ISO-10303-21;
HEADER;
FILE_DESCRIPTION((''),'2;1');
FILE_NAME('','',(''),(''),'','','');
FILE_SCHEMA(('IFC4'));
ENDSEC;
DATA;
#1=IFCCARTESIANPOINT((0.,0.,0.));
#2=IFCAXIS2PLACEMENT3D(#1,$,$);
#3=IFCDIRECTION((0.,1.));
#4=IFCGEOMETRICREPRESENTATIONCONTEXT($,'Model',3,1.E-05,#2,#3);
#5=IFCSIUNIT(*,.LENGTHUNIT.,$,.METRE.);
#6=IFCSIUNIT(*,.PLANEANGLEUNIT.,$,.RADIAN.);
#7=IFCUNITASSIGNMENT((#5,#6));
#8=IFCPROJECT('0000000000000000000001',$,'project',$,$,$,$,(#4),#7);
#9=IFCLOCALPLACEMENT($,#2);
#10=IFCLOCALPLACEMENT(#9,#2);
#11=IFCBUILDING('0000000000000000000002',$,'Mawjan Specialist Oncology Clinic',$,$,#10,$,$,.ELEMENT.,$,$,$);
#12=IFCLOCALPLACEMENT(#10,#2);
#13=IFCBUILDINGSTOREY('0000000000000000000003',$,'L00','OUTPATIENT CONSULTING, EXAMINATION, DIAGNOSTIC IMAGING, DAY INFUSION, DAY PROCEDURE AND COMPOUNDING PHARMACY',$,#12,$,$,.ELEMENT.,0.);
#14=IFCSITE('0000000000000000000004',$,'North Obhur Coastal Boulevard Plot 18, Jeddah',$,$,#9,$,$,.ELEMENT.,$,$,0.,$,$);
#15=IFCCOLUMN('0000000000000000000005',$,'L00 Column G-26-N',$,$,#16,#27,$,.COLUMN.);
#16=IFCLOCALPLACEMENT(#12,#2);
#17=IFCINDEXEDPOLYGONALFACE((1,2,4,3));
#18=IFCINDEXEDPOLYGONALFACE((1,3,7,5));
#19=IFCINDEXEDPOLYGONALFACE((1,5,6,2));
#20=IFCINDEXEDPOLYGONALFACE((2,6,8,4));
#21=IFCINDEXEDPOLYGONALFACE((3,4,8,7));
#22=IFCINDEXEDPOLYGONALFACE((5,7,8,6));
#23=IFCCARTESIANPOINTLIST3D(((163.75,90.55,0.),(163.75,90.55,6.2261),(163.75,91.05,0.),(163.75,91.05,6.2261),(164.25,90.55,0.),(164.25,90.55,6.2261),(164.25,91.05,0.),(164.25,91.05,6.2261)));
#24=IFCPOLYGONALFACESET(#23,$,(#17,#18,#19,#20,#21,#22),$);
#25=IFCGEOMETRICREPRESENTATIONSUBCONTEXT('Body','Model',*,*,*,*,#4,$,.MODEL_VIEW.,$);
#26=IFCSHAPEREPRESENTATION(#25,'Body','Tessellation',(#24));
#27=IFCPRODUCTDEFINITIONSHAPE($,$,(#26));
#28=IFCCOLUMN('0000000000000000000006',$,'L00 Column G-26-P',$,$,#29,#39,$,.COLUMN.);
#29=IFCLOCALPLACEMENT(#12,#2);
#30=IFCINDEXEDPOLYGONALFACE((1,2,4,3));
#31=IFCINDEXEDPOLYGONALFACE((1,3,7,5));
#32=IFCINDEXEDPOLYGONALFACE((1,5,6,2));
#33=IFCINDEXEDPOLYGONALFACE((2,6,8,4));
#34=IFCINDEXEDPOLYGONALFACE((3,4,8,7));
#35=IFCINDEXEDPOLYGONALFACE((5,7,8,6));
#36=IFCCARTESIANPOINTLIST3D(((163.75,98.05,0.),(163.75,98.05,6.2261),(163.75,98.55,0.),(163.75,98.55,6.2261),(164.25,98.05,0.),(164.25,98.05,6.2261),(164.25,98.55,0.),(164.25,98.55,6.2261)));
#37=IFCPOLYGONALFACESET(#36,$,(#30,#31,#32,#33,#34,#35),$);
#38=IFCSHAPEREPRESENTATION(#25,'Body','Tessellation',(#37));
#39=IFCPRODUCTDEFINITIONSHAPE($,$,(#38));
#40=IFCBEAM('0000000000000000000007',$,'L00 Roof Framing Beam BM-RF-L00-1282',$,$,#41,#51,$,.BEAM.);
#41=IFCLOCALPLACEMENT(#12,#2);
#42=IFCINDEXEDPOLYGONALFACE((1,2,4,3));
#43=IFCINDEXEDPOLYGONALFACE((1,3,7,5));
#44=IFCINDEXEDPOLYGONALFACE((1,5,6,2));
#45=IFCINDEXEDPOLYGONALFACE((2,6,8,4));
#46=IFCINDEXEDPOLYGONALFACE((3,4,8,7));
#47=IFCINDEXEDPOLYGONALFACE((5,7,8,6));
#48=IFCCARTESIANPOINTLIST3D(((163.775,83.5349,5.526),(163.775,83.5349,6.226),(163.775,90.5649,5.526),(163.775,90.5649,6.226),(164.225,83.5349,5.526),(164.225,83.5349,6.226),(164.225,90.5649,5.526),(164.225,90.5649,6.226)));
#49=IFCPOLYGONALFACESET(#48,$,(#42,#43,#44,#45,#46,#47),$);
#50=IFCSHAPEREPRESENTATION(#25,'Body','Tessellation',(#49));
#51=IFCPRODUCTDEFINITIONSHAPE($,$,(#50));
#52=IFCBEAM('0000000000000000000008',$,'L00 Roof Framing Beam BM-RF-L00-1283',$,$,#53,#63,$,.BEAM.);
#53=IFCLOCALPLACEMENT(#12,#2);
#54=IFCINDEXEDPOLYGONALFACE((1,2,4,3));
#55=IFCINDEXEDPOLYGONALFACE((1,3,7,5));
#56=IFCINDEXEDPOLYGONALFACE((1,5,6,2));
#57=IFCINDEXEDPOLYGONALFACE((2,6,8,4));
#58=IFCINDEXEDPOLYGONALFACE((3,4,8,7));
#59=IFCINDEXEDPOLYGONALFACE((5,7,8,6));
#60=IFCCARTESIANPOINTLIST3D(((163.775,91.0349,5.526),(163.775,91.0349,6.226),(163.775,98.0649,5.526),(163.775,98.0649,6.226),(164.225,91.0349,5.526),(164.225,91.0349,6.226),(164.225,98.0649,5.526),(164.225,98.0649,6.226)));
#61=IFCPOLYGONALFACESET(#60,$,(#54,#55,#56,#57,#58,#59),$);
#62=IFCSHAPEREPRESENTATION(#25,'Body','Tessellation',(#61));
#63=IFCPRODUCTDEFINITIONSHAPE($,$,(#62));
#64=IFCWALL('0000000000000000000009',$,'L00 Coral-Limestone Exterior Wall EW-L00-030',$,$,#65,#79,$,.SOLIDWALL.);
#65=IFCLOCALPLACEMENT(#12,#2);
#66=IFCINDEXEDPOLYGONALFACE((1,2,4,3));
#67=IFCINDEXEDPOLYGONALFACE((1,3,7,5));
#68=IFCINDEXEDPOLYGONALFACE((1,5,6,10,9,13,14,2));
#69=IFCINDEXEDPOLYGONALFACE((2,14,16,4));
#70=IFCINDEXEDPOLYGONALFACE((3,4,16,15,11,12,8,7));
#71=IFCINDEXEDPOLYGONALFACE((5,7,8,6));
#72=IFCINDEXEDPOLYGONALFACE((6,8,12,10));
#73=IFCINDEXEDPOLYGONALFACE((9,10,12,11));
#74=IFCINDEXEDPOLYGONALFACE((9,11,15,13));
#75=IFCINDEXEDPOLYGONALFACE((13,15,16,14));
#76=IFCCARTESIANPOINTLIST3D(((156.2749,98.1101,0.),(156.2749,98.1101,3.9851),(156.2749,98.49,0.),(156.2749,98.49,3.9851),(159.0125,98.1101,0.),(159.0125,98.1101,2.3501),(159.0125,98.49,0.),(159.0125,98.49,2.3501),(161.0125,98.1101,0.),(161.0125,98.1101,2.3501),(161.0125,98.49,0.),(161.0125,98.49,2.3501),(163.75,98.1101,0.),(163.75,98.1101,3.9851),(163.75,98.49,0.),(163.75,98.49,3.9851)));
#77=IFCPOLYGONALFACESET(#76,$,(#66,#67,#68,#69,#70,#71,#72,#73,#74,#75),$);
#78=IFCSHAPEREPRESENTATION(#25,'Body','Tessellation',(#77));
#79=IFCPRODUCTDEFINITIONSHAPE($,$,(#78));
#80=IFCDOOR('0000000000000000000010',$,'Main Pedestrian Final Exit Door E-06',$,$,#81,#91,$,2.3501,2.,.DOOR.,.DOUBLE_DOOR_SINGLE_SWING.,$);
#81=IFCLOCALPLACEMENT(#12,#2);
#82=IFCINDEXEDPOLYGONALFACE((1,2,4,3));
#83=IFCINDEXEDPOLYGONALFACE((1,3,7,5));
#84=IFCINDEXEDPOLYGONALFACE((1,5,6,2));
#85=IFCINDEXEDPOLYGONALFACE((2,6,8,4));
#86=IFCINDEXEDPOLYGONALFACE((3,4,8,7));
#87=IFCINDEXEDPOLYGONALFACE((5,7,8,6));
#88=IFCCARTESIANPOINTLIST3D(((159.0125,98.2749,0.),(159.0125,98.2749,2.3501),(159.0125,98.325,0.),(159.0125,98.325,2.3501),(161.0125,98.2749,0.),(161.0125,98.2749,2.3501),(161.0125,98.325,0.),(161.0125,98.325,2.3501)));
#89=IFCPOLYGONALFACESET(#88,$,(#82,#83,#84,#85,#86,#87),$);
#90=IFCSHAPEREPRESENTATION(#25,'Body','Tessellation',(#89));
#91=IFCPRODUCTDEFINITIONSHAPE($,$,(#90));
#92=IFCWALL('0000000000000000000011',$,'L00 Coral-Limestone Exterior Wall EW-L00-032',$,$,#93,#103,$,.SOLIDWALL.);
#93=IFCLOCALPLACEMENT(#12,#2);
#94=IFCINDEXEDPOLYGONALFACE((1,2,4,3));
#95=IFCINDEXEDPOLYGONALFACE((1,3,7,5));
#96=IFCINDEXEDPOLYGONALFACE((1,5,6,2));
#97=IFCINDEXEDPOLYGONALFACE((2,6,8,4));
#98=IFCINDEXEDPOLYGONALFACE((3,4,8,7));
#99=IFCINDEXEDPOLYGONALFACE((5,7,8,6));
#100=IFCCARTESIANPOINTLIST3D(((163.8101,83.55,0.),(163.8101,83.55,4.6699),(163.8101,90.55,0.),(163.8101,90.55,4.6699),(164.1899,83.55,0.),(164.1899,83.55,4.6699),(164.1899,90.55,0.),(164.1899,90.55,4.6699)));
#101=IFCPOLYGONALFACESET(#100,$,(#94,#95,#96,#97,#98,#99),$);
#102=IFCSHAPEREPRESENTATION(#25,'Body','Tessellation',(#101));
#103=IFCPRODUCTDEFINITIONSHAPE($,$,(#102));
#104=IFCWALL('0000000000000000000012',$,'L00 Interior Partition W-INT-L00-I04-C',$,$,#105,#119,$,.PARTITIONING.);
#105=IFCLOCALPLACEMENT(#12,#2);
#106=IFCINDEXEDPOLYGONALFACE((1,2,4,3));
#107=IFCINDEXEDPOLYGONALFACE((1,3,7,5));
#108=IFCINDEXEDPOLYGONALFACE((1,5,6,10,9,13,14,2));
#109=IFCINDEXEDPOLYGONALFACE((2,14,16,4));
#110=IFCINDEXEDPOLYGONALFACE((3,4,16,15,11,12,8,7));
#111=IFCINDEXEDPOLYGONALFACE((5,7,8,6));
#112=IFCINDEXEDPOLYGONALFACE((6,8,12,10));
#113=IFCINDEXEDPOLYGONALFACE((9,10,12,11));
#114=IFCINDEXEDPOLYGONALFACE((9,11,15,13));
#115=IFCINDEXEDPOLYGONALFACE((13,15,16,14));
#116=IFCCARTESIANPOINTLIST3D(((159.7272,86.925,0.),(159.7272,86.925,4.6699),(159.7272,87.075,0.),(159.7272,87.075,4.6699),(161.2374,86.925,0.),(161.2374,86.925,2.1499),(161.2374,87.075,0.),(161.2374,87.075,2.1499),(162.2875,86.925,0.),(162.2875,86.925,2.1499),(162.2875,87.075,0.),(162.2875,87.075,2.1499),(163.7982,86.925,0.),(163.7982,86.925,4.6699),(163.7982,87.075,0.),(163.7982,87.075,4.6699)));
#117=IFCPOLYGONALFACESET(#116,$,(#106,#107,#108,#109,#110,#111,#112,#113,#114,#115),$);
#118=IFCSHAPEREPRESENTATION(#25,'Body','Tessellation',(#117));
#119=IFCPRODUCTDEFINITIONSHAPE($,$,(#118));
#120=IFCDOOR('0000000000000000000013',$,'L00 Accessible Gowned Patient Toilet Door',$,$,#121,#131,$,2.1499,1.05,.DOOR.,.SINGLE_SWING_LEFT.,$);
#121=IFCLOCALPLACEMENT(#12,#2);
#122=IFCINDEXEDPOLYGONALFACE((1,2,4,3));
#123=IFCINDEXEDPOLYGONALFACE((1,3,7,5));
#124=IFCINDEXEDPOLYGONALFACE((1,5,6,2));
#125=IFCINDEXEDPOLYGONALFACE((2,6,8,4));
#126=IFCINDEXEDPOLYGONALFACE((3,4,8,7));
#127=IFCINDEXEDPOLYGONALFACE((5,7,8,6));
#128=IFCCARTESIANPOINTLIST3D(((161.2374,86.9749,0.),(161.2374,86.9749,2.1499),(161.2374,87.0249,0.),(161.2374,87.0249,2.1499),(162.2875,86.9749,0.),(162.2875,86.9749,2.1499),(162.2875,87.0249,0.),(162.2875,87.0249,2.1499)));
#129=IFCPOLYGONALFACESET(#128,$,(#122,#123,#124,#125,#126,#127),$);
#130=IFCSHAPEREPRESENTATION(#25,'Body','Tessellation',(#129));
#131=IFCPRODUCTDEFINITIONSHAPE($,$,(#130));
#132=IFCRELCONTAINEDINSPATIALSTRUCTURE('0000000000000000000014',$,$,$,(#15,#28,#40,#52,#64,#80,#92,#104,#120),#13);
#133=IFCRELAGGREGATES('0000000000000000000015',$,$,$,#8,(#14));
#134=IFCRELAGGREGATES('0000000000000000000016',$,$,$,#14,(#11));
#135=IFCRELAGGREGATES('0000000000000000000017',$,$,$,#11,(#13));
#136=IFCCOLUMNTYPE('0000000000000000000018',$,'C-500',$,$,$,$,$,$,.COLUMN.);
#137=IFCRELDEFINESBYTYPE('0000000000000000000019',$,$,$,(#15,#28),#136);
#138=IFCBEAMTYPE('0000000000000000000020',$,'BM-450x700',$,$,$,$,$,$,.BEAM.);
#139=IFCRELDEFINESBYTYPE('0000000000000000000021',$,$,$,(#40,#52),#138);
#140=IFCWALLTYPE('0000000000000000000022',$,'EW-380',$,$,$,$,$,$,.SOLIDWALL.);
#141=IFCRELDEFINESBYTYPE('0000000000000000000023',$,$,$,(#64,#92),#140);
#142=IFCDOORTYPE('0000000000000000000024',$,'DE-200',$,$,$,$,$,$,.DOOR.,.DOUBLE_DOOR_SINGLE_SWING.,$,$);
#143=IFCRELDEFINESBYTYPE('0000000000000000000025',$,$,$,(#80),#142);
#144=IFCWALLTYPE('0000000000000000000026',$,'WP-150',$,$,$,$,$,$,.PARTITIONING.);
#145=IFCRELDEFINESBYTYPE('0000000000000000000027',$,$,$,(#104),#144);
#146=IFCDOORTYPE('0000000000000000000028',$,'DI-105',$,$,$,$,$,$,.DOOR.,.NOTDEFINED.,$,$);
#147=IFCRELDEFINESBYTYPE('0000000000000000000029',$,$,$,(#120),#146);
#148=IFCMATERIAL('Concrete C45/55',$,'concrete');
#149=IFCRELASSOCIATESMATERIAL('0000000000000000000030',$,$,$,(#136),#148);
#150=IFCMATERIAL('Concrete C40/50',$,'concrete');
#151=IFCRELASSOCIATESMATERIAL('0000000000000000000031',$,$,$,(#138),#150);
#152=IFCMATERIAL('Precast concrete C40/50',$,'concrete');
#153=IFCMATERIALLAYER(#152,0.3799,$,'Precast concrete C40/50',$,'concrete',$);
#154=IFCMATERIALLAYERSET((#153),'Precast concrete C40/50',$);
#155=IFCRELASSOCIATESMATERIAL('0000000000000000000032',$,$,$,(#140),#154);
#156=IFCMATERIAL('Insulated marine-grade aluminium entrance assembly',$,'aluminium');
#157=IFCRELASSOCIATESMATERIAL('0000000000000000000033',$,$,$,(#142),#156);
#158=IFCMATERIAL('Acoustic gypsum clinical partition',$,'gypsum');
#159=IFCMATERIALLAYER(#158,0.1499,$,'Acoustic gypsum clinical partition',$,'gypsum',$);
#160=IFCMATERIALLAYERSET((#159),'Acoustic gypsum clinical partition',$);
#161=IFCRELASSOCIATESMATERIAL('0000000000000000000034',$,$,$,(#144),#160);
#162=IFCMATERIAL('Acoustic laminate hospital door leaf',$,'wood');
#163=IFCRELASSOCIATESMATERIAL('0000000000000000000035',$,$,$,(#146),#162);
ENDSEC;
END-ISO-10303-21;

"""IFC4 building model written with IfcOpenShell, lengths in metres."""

from ifc_helpers import new_model, si_unit, direction, frame, frame_2d, origin, origin_2d, place, context, subcontext, project, spatial, rectangle, extrude, material, layer, layer_set, material_profile, profile_set, type_object, element, fill, save


model = new_model("IFC4")

# Units and contexts
model_context = context("Model", 3, precision=1e-05, world=origin(), true_north=direction((0.0, 1.0)))
body_context = subcontext(model_context, "Body", "Model", "MODEL_VIEW")
ifc_project = project(units=[si_unit("LENGTHUNIT", "METRE"), si_unit("PLANEANGLEUNIT", "RADIAN")], contexts=[model_context])

# Site, building, storey
site_placement = place(None, origin())
site = spatial("IfcSite", under=ifc_project, at=site_placement, Name="North Obhur Coastal Boulevard Plot 18, Jeddah", CompositionType="ELEMENT", RefElevation=0.0)
building_placement = place(site_placement, origin())
building = spatial("IfcBuilding", under=site, at=building_placement, Name="Mawjan Specialist Oncology Clinic", CompositionType="ELEMENT")
storey_placement = place(building_placement, origin())
storey = spatial("IfcBuildingStorey", under=building, at=storey_placement, Name="L00", Description="OUTPATIENT CONSULTING, EXAMINATION, DIAGNOSTIC IMAGING, DAY INFUSION, DAY PROCEDURE AND COMPOUNDING PHARMACY", CompositionType="ELEMENT", Elevation=0.0)

# Columns
ifc_material_1 = material(Name="Concrete C45/55", Category="concrete")
ifc_material_profile_1 = material_profile(ifc_material_1, rectangle(XDim=0.5, YDim=0.5, at=origin_2d()), Name="RC COL 500x500", Category="concrete")
ifc_profile_set_1 = profile_set([ifc_material_profile_1], Name="Concrete C45/55")
column_type = type_object("IfcColumnType", Name="C-500", PredefinedType="COLUMN", material=ifc_profile_set_1)
for number, where, z_axis, x_axis, name in (
    (1, (164.0, 90.8, 0.0), (0.0, 0.0, 1.0), (1.0, 0.0, 0.0), "L00 Column G-26-N"),
    (2, (164.0, 98.3, 0.0), (0.0, 0.0, 1.0), (1.0, 0.0, 0.0), "L00 Column G-26-P"),
):
    element("IfcColumn", number, at=place(storey_placement, frame(where, z_axis=z_axis, x_axis=x_axis)), inside=storey, type_object=column_type, Name=name, PredefinedType="COLUMN", context=body_context, shape_type="SweptSolid", body=[
        extrude(rectangle(XDim=0.5, YDim=0.5, at=origin_2d()), origin(), (0.0, 0.0, 1.0), 6.2261),
    ])

# Beams
ifc_material_2 = material(Name="Concrete C40/50", Category="concrete")
ifc_material_profile_2 = material_profile(ifc_material_2, rectangle(XDim=0.45, YDim=0.7, at=origin_2d()), Name="RC BM 450x700", Category="concrete")
ifc_profile_set_2 = profile_set([ifc_material_profile_2], Name="Concrete C40/50")
beam_type = type_object("IfcBeamType", Name="BM-450x700", PredefinedType="BEAM", material=ifc_profile_set_2)
for number, where, z_axis, x_axis, name in (
    (3, (164.0, 83.5349, 5.876), (0.0, 1.0, 0.0), (-1.0, 0.0, 0.0), "L00 Roof Framing Beam BM-RF-L00-1282"),
    (4, (164.0, 91.0349, 5.876), (0.0, 1.0, 0.0), (-1.0, 0.0, 0.0), "L00 Roof Framing Beam BM-RF-L00-1283"),
):
    element("IfcBeam", number, at=place(storey_placement, frame(where, z_axis=z_axis, x_axis=x_axis)), inside=storey, type_object=beam_type, Name=name, PredefinedType="BEAM", context=body_context, shape_type="SweptSolid", body=[
        extrude(rectangle(XDim=0.45, YDim=0.7, at=origin_2d()), origin(), (0.0, 0.0, 1.0), 7.03),
    ])

# Wall, opening, door
ifc_material_3 = material(Name="Precast concrete C40/50", Category="concrete")
ifc_layer_1 = layer(ifc_material_3, 0.3799, Name="Precast concrete C40/50", Category="concrete")
ifc_layer_set_1 = layer_set([ifc_layer_1], Name="Precast concrete C40/50")
wall_type_1 = type_object("IfcWallType", Name="EW-380", PredefinedType="SOLIDWALL", material=ifc_layer_set_1)
wall_1_placement = place(storey_placement, frame((156.2749, 98.3, 0.0), z_axis=(0.0, 0.0, 1.0), x_axis=(1.0, 0.0, 0.0)))
wall_1 = element("IfcWall", 5, at=wall_1_placement, inside=storey, type_object=wall_type_1, Name="L00 Coral-Limestone Exterior Wall EW-L00-030", PredefinedType="SOLIDWALL", context=body_context, shape_type="SweptSolid", body=[
    extrude(rectangle(XDim=7.4751, YDim=0.3799, at=frame_2d((3.7375, 0.0))), origin(), (0.0, 0.0, 1.0), 3.9851),
])
opening_1_placement = place(wall_1_placement, frame((2.7375, 0.0, 0.0)))
opening_1 = element("IfcOpeningElement", 6, at=opening_1_placement, cuts=wall_1, PredefinedType="OPENING", context=body_context, shape_type="SweptSolid", body=[
    extrude(rectangle(XDim=2.0, YDim=2.3501, at=frame_2d((1.0, 1.175))), frame((0.0, 0.2019, 0.0), z_axis=(0.0, -1.0, 0.0), x_axis=(1.0, 0.0, 0.0)), (0.0, 0.0, 1.0), 0.4038),
])
ifc_material_4 = material(Name="Insulated marine-grade aluminium entrance assembly", Category="aluminium")
door_type_1 = type_object("IfcDoorType", Name="DE-200", OperationType="DOUBLE_DOOR_SINGLE_SWING", PredefinedType="DOOR", material=ifc_material_4)
door_1_placement = place(opening_1_placement, origin())
door_1 = element("IfcDoor", 7, at=door_1_placement, inside=storey, type_object=door_type_1, Name="Main Pedestrian Final Exit Door E-06", OperationType="DOUBLE_DOOR_SINGLE_SWING", OverallHeight=2.3501, OverallWidth=2.0, PredefinedType="DOOR", context=body_context, shape_type="SweptSolid", body=[
    extrude(rectangle(XDim=2.0, YDim=2.3501, at=frame_2d((1.0, 1.175))), frame((0.0, 0.0249, 0.0), z_axis=(0.0, -1.0, 0.0), x_axis=(1.0, 0.0, 0.0)), (0.0, 0.0, 1.0), 0.05),
])
fill(opening_1, door_1)

# Wall
wall_2_placement = place(storey_placement, frame((164.0, 90.55, 0.0), z_axis=(0.0, 0.0, 1.0), x_axis=(0.0, -1.0, 0.0)))
element("IfcWall", 8, at=wall_2_placement, inside=storey, type_object=wall_type_1, Name="L00 Coral-Limestone Exterior Wall EW-L00-032", PredefinedType="SOLIDWALL", context=body_context, shape_type="SweptSolid", body=[
    extrude(rectangle(XDim=7.0, YDim=0.3799, at=frame_2d((3.5, 0.0))), origin(), (0.0, 0.0, 1.0), 4.6699),
])

# Wall, opening, door
ifc_material_5 = material(Name="Acoustic gypsum clinical partition", Category="gypsum")
ifc_layer_2 = layer(ifc_material_5, 0.1499, Name="Acoustic gypsum clinical partition", Category="gypsum")
ifc_layer_set_2 = layer_set([ifc_layer_2], Name="Acoustic gypsum clinical partition")
wall_type_2 = type_object("IfcWallType", Name="WP-150", PredefinedType="PARTITIONING", material=ifc_layer_set_2)
wall_3_placement = place(storey_placement, frame((159.7271, 87.0, 0.0), z_axis=(0.0, 0.0, 1.0), x_axis=(1.0, 0.0, 0.0)))
wall_3 = element("IfcWall", 9, at=wall_3_placement, inside=storey, type_object=wall_type_2, Name="L00 Interior Partition W-INT-L00-I04-C", PredefinedType="PARTITIONING", context=body_context, shape_type="SweptSolid", body=[
    extrude(rectangle(XDim=4.071, YDim=0.1499, at=frame_2d((2.0356, 0.0))), origin(), (0.0, 0.0, 1.0), 4.6699),
])
opening_2_placement = place(wall_3_placement, frame((1.5105, 0.0, 0.0)))
opening_2 = element("IfcOpeningElement", 10, at=opening_2_placement, cuts=wall_3, PredefinedType="OPENING", context=body_context, shape_type="SweptSolid", body=[
    extrude(rectangle(XDim=1.05, YDim=2.1499, at=frame_2d((0.5249, 1.075))), frame((0.0, 0.0869, 0.0), z_axis=(0.0, -1.0, 0.0), x_axis=(1.0, 0.0, 0.0)), (0.0, 0.0, 1.0), 0.1738),
])
ifc_material_6 = material(Name="Acoustic laminate hospital door leaf", Category="wood")
door_type_2 = type_object("IfcDoorType", Name="DI-105", OperationType="NOTDEFINED", PredefinedType="DOOR", material=ifc_material_6)
door_2_placement = place(opening_2_placement, origin())
door_2 = element("IfcDoor", 11, at=door_2_placement, inside=storey, type_object=door_type_2, Name="L00 Accessible Gowned Patient Toilet Door", OperationType="SINGLE_SWING_LEFT", OverallHeight=2.1499, OverallWidth=1.05, PredefinedType="DOOR", context=body_context, shape_type="SweptSolid", body=[
    extrude(rectangle(XDim=1.05, YDim=2.1499, at=frame_2d((0.5249, 1.075))), frame((0.0, 0.0249, 0.0), z_axis=(0.0, -1.0, 0.0), x_axis=(1.0, 0.0, 0.0)), (0.0, 0.0, 1.0), 0.05),
])
fill(opening_2, door_2)

save(model, "model.ifc")
